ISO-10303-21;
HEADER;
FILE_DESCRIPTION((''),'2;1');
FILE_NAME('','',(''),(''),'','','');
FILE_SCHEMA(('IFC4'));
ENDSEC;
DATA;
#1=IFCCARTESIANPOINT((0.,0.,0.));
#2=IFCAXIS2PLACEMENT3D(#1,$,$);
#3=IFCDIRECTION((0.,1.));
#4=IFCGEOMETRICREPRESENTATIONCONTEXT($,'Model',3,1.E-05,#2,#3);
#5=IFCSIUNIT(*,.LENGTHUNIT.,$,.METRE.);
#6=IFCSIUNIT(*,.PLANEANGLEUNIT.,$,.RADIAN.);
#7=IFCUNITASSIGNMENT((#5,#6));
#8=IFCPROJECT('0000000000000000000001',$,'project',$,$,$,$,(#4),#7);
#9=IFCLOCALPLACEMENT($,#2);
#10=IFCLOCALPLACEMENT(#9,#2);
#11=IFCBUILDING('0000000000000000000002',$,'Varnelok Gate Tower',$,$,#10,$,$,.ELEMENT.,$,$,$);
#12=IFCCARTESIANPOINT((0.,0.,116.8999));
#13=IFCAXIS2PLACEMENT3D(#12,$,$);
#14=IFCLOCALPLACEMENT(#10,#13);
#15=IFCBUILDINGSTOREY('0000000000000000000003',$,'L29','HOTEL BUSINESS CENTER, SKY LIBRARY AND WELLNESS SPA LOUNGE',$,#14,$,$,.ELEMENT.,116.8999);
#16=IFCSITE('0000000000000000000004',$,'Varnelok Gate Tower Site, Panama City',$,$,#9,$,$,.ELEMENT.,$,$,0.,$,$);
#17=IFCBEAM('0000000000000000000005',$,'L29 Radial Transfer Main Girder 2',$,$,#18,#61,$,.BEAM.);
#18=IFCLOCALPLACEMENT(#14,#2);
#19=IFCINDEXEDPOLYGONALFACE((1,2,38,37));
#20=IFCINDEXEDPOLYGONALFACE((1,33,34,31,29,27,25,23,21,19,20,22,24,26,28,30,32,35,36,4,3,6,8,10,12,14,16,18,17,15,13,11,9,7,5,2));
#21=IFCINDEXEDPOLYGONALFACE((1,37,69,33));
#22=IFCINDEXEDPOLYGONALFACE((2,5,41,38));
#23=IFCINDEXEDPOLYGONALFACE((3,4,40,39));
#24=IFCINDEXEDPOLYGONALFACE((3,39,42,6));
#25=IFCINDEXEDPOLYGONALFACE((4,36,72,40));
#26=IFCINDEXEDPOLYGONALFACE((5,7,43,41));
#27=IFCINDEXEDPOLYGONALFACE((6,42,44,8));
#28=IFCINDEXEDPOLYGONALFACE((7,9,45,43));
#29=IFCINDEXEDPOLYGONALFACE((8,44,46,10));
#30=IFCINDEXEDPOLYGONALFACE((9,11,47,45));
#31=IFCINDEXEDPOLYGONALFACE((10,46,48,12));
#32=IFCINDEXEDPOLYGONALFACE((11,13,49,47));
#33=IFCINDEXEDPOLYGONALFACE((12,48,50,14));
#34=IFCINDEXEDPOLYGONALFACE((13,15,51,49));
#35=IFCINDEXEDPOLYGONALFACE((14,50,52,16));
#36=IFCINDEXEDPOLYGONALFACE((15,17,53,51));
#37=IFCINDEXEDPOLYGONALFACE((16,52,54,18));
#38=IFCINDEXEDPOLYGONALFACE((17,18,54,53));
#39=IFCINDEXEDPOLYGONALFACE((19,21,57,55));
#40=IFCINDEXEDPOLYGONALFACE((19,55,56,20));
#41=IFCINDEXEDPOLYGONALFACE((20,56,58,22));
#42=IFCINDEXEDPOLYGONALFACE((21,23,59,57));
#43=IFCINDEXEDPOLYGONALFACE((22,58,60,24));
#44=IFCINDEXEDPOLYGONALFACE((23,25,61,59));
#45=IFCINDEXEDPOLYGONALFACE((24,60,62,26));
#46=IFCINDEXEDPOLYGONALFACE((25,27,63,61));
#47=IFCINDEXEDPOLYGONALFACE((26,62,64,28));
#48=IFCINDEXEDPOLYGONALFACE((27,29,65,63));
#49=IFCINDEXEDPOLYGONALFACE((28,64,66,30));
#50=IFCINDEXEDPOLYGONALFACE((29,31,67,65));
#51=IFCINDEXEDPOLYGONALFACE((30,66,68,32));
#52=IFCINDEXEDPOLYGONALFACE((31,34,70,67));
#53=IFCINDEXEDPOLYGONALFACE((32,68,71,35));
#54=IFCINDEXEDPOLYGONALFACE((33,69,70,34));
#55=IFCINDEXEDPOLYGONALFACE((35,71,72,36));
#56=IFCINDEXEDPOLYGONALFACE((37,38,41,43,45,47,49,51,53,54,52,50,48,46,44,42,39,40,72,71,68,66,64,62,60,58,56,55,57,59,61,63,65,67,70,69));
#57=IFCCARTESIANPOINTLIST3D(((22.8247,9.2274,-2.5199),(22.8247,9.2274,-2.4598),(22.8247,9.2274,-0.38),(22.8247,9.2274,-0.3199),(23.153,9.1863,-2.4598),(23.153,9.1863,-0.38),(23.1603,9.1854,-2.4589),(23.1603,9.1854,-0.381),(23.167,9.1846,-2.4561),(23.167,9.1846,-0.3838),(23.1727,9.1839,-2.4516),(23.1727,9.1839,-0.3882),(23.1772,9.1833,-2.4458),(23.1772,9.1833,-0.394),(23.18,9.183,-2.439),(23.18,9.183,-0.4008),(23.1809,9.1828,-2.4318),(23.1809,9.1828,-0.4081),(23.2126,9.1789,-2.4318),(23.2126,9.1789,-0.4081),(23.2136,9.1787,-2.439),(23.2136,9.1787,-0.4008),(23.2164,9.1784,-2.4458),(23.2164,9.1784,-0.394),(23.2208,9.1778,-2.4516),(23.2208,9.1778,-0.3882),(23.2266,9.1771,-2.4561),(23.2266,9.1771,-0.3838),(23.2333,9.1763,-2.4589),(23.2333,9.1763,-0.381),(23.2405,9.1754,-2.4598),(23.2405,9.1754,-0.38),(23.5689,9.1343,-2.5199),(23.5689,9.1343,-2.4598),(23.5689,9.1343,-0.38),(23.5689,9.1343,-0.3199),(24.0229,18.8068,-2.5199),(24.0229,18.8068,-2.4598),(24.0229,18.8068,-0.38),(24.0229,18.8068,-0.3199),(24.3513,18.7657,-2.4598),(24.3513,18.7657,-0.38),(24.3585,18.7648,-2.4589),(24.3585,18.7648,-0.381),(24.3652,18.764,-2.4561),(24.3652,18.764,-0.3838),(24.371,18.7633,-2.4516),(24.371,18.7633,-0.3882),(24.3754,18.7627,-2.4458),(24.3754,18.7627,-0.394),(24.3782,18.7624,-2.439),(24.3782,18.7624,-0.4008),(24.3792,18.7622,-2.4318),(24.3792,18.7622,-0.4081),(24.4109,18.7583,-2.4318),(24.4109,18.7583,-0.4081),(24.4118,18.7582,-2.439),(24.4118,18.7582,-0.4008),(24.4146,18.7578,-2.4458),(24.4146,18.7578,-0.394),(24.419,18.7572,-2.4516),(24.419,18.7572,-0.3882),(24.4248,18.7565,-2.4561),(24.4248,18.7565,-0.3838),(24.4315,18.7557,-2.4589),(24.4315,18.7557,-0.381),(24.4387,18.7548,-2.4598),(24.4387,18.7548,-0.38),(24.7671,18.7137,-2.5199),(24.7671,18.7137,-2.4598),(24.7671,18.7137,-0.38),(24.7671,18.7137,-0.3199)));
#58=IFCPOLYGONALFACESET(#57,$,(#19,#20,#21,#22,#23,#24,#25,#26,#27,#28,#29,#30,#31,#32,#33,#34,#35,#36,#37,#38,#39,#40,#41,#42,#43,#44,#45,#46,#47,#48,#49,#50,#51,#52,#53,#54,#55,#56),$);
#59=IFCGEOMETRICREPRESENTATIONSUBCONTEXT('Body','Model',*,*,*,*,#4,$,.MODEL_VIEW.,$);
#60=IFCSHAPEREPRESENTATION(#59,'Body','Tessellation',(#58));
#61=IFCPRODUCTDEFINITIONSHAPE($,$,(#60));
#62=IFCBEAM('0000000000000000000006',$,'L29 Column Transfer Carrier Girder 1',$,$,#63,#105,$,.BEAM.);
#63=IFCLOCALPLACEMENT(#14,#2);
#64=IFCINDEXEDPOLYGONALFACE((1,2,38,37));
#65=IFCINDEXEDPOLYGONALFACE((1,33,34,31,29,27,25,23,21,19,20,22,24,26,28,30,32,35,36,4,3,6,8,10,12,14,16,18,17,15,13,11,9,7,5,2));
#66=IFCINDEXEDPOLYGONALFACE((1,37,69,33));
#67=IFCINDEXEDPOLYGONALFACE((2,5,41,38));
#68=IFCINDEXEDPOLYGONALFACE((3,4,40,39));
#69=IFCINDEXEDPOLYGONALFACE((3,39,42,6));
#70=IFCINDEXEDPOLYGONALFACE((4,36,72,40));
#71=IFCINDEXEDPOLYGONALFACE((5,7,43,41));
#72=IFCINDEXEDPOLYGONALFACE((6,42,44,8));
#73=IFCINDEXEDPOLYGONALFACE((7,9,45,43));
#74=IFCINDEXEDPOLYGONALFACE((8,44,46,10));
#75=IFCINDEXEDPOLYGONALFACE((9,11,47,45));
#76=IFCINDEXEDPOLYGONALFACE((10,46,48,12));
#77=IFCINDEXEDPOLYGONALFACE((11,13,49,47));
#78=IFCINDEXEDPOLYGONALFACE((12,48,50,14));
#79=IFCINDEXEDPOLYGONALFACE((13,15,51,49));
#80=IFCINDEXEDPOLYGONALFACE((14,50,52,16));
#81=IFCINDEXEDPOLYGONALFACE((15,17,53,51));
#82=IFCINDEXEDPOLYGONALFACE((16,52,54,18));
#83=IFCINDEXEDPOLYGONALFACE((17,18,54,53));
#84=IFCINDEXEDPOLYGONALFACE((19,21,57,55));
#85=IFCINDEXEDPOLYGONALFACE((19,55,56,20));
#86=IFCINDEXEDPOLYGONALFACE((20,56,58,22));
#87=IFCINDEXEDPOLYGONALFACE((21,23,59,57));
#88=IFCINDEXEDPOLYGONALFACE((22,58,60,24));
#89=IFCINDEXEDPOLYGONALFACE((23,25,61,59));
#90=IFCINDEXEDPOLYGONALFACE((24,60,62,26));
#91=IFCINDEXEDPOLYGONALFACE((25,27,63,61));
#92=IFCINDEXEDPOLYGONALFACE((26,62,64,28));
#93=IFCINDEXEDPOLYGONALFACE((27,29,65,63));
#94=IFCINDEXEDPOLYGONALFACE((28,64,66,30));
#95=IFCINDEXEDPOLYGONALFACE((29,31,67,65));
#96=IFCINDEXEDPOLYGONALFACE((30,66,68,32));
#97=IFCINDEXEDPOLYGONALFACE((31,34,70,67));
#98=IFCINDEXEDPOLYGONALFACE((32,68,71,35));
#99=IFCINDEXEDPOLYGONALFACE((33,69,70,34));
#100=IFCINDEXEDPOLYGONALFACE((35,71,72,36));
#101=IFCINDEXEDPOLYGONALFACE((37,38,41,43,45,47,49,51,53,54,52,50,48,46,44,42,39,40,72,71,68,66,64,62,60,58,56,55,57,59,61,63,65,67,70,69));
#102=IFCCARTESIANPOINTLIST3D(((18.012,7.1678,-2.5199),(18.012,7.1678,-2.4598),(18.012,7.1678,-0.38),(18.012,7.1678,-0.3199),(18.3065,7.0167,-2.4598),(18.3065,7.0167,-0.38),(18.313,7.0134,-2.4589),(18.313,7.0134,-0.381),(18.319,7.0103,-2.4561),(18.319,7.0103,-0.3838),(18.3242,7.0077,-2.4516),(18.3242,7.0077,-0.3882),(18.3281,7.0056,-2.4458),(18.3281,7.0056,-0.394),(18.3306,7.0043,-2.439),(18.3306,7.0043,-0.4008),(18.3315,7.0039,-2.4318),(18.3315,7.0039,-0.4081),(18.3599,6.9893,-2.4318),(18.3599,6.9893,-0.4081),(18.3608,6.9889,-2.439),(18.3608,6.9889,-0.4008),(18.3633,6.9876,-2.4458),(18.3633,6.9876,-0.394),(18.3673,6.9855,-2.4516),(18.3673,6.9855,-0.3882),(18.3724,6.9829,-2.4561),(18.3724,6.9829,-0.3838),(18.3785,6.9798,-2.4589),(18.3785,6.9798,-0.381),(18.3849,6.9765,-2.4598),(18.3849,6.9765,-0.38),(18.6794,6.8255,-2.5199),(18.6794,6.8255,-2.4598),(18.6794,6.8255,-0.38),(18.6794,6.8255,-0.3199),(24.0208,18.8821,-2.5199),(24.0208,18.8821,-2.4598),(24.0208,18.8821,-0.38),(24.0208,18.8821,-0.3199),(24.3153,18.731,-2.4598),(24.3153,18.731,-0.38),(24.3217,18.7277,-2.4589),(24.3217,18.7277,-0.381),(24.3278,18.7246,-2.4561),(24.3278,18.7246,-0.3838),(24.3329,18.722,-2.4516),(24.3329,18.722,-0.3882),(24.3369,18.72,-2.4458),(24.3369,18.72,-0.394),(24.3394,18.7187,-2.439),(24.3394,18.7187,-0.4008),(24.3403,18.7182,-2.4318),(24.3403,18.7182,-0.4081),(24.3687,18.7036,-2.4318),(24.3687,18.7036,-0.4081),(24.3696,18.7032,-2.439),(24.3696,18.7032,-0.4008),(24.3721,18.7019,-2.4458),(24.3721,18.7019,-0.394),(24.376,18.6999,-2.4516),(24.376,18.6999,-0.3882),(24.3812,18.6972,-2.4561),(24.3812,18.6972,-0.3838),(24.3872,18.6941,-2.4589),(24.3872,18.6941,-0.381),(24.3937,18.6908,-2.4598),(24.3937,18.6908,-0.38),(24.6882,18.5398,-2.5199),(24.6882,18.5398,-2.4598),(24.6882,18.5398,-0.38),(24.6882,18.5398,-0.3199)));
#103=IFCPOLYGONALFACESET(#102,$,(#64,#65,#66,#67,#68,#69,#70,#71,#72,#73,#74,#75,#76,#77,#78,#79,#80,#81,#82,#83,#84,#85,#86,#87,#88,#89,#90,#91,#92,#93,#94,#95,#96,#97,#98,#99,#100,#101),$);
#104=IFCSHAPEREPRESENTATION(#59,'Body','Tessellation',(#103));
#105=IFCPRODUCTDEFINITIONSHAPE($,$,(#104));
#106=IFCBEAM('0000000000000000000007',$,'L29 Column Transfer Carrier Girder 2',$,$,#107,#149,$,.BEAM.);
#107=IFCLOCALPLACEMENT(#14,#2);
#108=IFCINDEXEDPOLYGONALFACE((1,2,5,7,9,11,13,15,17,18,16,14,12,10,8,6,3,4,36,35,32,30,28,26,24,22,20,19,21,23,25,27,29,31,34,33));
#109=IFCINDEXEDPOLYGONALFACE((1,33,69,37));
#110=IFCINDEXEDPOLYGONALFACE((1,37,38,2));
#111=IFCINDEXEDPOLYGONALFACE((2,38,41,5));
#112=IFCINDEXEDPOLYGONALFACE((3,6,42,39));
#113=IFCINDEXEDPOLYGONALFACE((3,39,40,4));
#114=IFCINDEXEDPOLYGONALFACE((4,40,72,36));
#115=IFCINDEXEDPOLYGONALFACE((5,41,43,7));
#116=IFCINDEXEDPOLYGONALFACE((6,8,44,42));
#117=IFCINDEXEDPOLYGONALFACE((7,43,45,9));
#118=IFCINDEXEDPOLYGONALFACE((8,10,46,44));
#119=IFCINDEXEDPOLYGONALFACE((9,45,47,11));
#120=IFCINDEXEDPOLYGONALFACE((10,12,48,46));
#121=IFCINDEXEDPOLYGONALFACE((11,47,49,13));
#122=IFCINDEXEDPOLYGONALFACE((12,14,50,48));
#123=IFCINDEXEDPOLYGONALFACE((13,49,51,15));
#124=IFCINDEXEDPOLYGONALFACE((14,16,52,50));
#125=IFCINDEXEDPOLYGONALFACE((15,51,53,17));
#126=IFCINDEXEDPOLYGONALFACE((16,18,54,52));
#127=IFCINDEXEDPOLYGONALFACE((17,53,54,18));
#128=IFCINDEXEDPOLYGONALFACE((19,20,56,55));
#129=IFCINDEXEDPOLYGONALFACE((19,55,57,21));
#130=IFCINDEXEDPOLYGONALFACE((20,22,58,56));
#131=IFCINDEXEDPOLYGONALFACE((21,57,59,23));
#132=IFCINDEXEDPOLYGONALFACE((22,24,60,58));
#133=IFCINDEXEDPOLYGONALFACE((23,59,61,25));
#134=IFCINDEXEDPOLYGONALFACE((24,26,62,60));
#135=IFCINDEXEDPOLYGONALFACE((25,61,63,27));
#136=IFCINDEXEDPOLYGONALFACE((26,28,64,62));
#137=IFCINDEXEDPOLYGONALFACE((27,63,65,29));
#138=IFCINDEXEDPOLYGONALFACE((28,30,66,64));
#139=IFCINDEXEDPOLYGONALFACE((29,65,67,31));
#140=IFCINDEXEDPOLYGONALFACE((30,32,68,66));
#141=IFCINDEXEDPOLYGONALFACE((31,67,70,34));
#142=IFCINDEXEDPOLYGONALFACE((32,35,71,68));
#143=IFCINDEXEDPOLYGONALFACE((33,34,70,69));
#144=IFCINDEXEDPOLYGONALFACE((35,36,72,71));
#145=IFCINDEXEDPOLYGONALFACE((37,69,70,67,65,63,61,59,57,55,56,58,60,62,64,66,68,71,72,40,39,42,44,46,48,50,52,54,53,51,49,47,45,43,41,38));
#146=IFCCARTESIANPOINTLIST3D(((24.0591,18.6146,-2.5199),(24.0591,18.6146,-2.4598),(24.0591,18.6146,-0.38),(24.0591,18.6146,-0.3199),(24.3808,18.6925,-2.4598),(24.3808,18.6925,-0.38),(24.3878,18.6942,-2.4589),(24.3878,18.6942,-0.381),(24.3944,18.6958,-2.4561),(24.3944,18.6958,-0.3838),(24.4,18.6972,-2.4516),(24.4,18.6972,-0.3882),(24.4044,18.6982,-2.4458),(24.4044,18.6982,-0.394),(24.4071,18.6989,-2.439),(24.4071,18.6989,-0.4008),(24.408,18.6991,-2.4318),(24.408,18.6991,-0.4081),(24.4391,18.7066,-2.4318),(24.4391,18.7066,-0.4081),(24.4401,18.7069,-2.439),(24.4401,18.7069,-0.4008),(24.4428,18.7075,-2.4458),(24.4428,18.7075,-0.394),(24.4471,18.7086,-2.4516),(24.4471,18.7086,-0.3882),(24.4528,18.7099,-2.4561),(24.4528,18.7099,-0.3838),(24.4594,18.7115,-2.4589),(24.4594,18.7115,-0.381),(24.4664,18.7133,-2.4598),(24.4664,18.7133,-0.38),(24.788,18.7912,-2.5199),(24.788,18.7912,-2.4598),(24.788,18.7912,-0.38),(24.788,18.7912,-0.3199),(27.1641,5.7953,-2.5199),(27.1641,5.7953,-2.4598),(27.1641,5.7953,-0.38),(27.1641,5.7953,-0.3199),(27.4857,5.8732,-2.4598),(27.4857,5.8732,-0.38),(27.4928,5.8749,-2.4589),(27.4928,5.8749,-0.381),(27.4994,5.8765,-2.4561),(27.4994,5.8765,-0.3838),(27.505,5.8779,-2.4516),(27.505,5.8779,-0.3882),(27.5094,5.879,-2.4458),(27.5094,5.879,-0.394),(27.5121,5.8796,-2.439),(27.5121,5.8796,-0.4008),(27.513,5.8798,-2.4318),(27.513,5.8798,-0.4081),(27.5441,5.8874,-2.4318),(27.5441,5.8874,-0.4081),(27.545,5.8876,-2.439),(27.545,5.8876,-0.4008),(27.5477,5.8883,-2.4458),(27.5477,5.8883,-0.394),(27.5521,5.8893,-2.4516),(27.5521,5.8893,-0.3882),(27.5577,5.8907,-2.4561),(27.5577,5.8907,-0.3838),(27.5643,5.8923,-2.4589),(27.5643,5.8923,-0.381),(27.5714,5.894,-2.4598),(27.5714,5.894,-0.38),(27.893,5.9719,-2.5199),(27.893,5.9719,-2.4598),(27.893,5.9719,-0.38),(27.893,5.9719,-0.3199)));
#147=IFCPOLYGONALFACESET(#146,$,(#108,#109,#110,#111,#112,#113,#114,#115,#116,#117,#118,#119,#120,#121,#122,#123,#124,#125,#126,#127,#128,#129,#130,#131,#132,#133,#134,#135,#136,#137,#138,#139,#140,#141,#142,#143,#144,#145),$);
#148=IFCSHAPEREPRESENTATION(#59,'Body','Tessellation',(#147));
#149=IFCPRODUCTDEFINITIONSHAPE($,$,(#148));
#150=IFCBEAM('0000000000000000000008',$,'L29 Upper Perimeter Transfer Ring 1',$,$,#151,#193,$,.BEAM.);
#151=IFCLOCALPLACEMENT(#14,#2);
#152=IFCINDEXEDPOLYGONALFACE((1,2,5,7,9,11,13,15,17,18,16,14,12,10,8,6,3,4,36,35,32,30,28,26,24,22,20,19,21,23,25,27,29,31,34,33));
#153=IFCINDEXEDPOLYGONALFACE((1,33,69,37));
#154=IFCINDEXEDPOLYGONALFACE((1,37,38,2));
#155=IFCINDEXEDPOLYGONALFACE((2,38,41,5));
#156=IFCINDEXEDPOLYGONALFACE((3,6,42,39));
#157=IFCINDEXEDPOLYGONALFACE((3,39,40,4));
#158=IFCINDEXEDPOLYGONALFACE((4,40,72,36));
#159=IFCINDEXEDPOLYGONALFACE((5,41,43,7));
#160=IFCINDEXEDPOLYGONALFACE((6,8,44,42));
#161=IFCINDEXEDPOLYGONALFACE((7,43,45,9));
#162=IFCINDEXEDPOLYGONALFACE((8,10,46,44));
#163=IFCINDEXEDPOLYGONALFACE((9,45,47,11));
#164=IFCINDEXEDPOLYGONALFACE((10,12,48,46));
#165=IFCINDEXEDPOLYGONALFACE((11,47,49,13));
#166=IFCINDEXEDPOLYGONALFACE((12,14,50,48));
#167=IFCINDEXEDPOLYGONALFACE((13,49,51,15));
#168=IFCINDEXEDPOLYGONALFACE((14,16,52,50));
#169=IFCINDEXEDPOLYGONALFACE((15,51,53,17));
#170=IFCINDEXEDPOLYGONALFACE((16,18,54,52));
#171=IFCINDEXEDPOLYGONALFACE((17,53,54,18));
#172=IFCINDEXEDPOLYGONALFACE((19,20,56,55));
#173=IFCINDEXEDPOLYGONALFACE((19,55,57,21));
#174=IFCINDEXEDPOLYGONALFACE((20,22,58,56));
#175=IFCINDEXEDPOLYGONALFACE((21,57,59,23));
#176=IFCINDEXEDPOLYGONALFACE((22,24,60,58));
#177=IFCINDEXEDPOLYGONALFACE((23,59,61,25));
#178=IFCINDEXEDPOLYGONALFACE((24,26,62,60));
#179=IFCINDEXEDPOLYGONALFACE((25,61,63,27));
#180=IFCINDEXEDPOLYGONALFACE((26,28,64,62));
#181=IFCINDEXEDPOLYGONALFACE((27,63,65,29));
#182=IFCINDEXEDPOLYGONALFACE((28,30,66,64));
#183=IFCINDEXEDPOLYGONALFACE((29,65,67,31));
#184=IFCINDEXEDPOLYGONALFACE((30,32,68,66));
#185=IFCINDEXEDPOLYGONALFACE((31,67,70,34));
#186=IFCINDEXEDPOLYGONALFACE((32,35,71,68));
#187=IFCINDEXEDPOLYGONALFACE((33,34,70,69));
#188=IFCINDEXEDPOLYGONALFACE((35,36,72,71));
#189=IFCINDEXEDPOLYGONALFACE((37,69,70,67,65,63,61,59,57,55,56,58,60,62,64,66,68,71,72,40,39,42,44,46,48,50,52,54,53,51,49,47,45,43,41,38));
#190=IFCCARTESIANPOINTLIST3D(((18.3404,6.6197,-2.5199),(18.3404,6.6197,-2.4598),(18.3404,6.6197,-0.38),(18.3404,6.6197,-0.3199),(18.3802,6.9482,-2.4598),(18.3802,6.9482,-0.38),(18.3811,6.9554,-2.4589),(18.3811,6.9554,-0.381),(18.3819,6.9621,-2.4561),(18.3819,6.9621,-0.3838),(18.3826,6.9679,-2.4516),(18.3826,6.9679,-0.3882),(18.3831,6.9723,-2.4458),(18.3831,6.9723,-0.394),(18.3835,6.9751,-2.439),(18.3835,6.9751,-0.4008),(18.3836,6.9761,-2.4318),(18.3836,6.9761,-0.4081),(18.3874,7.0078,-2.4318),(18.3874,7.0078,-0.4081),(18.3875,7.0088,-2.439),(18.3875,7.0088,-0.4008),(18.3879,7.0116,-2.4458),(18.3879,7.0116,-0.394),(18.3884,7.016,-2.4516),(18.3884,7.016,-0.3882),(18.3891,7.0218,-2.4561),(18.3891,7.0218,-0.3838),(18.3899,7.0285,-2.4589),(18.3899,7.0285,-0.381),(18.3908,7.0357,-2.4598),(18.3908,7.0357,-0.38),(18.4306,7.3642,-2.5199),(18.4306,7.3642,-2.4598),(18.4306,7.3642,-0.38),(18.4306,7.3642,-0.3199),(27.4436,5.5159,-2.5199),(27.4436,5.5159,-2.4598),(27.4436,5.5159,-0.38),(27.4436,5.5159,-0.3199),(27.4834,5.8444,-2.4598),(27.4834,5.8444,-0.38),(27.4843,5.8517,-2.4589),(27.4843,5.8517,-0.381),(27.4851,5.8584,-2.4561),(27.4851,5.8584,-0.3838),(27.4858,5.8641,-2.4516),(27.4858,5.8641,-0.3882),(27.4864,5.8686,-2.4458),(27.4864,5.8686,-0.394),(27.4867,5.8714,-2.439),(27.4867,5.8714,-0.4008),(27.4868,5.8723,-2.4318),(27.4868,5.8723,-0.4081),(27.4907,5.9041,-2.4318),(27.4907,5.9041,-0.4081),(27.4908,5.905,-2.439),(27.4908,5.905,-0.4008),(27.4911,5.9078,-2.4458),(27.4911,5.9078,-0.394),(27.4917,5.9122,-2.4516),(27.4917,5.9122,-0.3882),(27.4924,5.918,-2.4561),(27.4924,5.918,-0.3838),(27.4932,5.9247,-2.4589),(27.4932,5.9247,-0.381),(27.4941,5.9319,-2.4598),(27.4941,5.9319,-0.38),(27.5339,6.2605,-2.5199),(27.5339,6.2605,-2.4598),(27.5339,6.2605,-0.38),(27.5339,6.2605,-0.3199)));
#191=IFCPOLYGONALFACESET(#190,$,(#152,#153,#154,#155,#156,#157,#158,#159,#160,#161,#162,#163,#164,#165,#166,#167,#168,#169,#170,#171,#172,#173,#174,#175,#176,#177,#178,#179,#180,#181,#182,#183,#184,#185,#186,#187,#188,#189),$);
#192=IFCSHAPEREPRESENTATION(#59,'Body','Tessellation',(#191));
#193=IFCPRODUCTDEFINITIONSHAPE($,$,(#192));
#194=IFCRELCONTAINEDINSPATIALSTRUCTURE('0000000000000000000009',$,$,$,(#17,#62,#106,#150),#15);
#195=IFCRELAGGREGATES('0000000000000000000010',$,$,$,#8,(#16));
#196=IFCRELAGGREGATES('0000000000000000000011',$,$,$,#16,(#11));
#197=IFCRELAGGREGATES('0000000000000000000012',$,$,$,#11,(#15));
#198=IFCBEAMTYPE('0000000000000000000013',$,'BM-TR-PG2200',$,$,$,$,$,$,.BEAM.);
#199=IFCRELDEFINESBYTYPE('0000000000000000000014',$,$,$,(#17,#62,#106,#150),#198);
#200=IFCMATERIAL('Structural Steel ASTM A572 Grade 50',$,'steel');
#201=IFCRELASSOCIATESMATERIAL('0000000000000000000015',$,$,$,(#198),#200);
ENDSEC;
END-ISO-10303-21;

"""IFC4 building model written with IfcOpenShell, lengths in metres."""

from ifc_helpers import new_model, si_unit, direction, frame, origin, origin_2d, place, context, subcontext, project, spatial, i_section, extrude, material, material_profile, profile_set, type_object, element, save


model = new_model("IFC4")

# Units and contexts
model_context = context("Model", 3, precision=1e-05, world=origin(), true_north=direction((0.0, 1.0)))
body_context = subcontext(model_context, "Body", "Model", "MODEL_VIEW")
ifc_project = project(units=[si_unit("LENGTHUNIT", "METRE"), si_unit("PLANEANGLEUNIT", "RADIAN")], contexts=[model_context])

# Site, building, storey
site_placement = place(None, origin())
site = spatial("IfcSite", under=ifc_project, at=site_placement, Name="Varnelok Gate Tower Site, Panama City", CompositionType="ELEMENT", RefElevation=0.0)
building_placement = place(site_placement, origin())
building = spatial("IfcBuilding", under=site, at=building_placement, Name="Varnelok Gate Tower", CompositionType="ELEMENT")
storey_placement = place(building_placement, frame((0.0, 0.0, 116.8999)))
storey = spatial("IfcBuildingStorey", under=building, at=storey_placement, Name="L29", Description="HOTEL BUSINESS CENTER, SKY LIBRARY AND WELLNESS SPA LOUNGE", CompositionType="ELEMENT", Elevation=116.8999)

# Beams
ifc_material_1 = material(Name="Structural Steel ASTM A572 Grade 50", Category="steel")
ifc_material_profile_1 = material_profile(ifc_material_1, i_section(OverallWidth=0.75, OverallDepth=2.2, WebThickness=0.032, FlangeThickness=0.0601, FilletRadius=0.0281, at=origin_2d()), Name="PG2200X750")
ifc_profile_set_1 = profile_set([ifc_material_profile_1], Name="Structural Steel ASTM A572 Grade 50")
beam_type_1 = type_object("IfcBeamType", Name="BM-TR-PG2200", PredefinedType="BEAM", material=ifc_profile_set_1)
beam_1_placement = place(storey_placement, frame((24.395, 18.7603, -1.4199), z_axis=(-0.124119, -0.992267, 0.0), x_axis=(0.992267, -0.124119, 0.0)))
element("IfcBeam", 1, at=beam_1_placement, inside=storey, type_object=beam_type_1, Name="L29 Radial Transfer Main Girder 2", PredefinedType="BEAM", context=body_context, shape_type="SweptSolid", body=[
    extrude(i_section(OverallWidth=0.75, OverallDepth=2.2, WebThickness=0.032, FlangeThickness=0.0601, FilletRadius=0.0281, at=origin_2d()), origin(), (0.0, 0.0, 1.0), 9.6541),
])
beam_2_placement = place(storey_placement, frame((24.3545, 18.7109, -1.4199), z_axis=(-0.456402, -0.889773, 0.0), x_axis=(0.889773, -0.456402, 0.0)))
element("IfcBeam", 2, at=beam_2_placement, inside=storey, type_object=beam_type_1, Name="L29 Column Transfer Carrier Girder 1", PredefinedType="BEAM", context=body_context, shape_type="SweptSolid", body=[
    extrude(i_section(OverallWidth=0.75, OverallDepth=2.2, WebThickness=0.032, FlangeThickness=0.0601, FilletRadius=0.0281, at=origin_2d()), origin(), (0.0, 0.0, 1.0), 13.1655),
])
beam_3_placement = place(storey_placement, frame((24.4236, 18.7029, -1.4199), z_axis=(0.235404, -0.971898, 0.0), x_axis=(0.971898, 0.235404, 0.0)))
element("IfcBeam", 3, at=beam_3_placement, inside=storey, type_object=beam_type_1, Name="L29 Column Transfer Carrier Girder 2", PredefinedType="BEAM", context=body_context, shape_type="SweptSolid", body=[
    extrude(i_section(OverallWidth=0.75, OverallDepth=2.2, WebThickness=0.032, FlangeThickness=0.0601, FilletRadius=0.0281, at=origin_2d()), origin(), (0.0, 0.0, 1.0), 13.1899),
])
beam_4_placement = place(storey_placement, frame((18.3855, 6.9919, -1.4199), z_axis=(0.992729, -0.120367, 0.0), x_axis=(0.120367, 0.992729, 0.0)))
element("IfcBeam", 4, at=beam_4_placement, inside=storey, type_object=beam_type_1, Name="L29 Upper Perimeter Transfer Ring 1", PredefinedType="BEAM", context=body_context, shape_type="SweptSolid", body=[
    extrude(i_section(OverallWidth=0.75, OverallDepth=2.2, WebThickness=0.032, FlangeThickness=0.0601, FilletRadius=0.0281, at=origin_2d()), origin(), (0.0, 0.0, 1.0), 9.1699),
])

save(model, "model.ifc")
